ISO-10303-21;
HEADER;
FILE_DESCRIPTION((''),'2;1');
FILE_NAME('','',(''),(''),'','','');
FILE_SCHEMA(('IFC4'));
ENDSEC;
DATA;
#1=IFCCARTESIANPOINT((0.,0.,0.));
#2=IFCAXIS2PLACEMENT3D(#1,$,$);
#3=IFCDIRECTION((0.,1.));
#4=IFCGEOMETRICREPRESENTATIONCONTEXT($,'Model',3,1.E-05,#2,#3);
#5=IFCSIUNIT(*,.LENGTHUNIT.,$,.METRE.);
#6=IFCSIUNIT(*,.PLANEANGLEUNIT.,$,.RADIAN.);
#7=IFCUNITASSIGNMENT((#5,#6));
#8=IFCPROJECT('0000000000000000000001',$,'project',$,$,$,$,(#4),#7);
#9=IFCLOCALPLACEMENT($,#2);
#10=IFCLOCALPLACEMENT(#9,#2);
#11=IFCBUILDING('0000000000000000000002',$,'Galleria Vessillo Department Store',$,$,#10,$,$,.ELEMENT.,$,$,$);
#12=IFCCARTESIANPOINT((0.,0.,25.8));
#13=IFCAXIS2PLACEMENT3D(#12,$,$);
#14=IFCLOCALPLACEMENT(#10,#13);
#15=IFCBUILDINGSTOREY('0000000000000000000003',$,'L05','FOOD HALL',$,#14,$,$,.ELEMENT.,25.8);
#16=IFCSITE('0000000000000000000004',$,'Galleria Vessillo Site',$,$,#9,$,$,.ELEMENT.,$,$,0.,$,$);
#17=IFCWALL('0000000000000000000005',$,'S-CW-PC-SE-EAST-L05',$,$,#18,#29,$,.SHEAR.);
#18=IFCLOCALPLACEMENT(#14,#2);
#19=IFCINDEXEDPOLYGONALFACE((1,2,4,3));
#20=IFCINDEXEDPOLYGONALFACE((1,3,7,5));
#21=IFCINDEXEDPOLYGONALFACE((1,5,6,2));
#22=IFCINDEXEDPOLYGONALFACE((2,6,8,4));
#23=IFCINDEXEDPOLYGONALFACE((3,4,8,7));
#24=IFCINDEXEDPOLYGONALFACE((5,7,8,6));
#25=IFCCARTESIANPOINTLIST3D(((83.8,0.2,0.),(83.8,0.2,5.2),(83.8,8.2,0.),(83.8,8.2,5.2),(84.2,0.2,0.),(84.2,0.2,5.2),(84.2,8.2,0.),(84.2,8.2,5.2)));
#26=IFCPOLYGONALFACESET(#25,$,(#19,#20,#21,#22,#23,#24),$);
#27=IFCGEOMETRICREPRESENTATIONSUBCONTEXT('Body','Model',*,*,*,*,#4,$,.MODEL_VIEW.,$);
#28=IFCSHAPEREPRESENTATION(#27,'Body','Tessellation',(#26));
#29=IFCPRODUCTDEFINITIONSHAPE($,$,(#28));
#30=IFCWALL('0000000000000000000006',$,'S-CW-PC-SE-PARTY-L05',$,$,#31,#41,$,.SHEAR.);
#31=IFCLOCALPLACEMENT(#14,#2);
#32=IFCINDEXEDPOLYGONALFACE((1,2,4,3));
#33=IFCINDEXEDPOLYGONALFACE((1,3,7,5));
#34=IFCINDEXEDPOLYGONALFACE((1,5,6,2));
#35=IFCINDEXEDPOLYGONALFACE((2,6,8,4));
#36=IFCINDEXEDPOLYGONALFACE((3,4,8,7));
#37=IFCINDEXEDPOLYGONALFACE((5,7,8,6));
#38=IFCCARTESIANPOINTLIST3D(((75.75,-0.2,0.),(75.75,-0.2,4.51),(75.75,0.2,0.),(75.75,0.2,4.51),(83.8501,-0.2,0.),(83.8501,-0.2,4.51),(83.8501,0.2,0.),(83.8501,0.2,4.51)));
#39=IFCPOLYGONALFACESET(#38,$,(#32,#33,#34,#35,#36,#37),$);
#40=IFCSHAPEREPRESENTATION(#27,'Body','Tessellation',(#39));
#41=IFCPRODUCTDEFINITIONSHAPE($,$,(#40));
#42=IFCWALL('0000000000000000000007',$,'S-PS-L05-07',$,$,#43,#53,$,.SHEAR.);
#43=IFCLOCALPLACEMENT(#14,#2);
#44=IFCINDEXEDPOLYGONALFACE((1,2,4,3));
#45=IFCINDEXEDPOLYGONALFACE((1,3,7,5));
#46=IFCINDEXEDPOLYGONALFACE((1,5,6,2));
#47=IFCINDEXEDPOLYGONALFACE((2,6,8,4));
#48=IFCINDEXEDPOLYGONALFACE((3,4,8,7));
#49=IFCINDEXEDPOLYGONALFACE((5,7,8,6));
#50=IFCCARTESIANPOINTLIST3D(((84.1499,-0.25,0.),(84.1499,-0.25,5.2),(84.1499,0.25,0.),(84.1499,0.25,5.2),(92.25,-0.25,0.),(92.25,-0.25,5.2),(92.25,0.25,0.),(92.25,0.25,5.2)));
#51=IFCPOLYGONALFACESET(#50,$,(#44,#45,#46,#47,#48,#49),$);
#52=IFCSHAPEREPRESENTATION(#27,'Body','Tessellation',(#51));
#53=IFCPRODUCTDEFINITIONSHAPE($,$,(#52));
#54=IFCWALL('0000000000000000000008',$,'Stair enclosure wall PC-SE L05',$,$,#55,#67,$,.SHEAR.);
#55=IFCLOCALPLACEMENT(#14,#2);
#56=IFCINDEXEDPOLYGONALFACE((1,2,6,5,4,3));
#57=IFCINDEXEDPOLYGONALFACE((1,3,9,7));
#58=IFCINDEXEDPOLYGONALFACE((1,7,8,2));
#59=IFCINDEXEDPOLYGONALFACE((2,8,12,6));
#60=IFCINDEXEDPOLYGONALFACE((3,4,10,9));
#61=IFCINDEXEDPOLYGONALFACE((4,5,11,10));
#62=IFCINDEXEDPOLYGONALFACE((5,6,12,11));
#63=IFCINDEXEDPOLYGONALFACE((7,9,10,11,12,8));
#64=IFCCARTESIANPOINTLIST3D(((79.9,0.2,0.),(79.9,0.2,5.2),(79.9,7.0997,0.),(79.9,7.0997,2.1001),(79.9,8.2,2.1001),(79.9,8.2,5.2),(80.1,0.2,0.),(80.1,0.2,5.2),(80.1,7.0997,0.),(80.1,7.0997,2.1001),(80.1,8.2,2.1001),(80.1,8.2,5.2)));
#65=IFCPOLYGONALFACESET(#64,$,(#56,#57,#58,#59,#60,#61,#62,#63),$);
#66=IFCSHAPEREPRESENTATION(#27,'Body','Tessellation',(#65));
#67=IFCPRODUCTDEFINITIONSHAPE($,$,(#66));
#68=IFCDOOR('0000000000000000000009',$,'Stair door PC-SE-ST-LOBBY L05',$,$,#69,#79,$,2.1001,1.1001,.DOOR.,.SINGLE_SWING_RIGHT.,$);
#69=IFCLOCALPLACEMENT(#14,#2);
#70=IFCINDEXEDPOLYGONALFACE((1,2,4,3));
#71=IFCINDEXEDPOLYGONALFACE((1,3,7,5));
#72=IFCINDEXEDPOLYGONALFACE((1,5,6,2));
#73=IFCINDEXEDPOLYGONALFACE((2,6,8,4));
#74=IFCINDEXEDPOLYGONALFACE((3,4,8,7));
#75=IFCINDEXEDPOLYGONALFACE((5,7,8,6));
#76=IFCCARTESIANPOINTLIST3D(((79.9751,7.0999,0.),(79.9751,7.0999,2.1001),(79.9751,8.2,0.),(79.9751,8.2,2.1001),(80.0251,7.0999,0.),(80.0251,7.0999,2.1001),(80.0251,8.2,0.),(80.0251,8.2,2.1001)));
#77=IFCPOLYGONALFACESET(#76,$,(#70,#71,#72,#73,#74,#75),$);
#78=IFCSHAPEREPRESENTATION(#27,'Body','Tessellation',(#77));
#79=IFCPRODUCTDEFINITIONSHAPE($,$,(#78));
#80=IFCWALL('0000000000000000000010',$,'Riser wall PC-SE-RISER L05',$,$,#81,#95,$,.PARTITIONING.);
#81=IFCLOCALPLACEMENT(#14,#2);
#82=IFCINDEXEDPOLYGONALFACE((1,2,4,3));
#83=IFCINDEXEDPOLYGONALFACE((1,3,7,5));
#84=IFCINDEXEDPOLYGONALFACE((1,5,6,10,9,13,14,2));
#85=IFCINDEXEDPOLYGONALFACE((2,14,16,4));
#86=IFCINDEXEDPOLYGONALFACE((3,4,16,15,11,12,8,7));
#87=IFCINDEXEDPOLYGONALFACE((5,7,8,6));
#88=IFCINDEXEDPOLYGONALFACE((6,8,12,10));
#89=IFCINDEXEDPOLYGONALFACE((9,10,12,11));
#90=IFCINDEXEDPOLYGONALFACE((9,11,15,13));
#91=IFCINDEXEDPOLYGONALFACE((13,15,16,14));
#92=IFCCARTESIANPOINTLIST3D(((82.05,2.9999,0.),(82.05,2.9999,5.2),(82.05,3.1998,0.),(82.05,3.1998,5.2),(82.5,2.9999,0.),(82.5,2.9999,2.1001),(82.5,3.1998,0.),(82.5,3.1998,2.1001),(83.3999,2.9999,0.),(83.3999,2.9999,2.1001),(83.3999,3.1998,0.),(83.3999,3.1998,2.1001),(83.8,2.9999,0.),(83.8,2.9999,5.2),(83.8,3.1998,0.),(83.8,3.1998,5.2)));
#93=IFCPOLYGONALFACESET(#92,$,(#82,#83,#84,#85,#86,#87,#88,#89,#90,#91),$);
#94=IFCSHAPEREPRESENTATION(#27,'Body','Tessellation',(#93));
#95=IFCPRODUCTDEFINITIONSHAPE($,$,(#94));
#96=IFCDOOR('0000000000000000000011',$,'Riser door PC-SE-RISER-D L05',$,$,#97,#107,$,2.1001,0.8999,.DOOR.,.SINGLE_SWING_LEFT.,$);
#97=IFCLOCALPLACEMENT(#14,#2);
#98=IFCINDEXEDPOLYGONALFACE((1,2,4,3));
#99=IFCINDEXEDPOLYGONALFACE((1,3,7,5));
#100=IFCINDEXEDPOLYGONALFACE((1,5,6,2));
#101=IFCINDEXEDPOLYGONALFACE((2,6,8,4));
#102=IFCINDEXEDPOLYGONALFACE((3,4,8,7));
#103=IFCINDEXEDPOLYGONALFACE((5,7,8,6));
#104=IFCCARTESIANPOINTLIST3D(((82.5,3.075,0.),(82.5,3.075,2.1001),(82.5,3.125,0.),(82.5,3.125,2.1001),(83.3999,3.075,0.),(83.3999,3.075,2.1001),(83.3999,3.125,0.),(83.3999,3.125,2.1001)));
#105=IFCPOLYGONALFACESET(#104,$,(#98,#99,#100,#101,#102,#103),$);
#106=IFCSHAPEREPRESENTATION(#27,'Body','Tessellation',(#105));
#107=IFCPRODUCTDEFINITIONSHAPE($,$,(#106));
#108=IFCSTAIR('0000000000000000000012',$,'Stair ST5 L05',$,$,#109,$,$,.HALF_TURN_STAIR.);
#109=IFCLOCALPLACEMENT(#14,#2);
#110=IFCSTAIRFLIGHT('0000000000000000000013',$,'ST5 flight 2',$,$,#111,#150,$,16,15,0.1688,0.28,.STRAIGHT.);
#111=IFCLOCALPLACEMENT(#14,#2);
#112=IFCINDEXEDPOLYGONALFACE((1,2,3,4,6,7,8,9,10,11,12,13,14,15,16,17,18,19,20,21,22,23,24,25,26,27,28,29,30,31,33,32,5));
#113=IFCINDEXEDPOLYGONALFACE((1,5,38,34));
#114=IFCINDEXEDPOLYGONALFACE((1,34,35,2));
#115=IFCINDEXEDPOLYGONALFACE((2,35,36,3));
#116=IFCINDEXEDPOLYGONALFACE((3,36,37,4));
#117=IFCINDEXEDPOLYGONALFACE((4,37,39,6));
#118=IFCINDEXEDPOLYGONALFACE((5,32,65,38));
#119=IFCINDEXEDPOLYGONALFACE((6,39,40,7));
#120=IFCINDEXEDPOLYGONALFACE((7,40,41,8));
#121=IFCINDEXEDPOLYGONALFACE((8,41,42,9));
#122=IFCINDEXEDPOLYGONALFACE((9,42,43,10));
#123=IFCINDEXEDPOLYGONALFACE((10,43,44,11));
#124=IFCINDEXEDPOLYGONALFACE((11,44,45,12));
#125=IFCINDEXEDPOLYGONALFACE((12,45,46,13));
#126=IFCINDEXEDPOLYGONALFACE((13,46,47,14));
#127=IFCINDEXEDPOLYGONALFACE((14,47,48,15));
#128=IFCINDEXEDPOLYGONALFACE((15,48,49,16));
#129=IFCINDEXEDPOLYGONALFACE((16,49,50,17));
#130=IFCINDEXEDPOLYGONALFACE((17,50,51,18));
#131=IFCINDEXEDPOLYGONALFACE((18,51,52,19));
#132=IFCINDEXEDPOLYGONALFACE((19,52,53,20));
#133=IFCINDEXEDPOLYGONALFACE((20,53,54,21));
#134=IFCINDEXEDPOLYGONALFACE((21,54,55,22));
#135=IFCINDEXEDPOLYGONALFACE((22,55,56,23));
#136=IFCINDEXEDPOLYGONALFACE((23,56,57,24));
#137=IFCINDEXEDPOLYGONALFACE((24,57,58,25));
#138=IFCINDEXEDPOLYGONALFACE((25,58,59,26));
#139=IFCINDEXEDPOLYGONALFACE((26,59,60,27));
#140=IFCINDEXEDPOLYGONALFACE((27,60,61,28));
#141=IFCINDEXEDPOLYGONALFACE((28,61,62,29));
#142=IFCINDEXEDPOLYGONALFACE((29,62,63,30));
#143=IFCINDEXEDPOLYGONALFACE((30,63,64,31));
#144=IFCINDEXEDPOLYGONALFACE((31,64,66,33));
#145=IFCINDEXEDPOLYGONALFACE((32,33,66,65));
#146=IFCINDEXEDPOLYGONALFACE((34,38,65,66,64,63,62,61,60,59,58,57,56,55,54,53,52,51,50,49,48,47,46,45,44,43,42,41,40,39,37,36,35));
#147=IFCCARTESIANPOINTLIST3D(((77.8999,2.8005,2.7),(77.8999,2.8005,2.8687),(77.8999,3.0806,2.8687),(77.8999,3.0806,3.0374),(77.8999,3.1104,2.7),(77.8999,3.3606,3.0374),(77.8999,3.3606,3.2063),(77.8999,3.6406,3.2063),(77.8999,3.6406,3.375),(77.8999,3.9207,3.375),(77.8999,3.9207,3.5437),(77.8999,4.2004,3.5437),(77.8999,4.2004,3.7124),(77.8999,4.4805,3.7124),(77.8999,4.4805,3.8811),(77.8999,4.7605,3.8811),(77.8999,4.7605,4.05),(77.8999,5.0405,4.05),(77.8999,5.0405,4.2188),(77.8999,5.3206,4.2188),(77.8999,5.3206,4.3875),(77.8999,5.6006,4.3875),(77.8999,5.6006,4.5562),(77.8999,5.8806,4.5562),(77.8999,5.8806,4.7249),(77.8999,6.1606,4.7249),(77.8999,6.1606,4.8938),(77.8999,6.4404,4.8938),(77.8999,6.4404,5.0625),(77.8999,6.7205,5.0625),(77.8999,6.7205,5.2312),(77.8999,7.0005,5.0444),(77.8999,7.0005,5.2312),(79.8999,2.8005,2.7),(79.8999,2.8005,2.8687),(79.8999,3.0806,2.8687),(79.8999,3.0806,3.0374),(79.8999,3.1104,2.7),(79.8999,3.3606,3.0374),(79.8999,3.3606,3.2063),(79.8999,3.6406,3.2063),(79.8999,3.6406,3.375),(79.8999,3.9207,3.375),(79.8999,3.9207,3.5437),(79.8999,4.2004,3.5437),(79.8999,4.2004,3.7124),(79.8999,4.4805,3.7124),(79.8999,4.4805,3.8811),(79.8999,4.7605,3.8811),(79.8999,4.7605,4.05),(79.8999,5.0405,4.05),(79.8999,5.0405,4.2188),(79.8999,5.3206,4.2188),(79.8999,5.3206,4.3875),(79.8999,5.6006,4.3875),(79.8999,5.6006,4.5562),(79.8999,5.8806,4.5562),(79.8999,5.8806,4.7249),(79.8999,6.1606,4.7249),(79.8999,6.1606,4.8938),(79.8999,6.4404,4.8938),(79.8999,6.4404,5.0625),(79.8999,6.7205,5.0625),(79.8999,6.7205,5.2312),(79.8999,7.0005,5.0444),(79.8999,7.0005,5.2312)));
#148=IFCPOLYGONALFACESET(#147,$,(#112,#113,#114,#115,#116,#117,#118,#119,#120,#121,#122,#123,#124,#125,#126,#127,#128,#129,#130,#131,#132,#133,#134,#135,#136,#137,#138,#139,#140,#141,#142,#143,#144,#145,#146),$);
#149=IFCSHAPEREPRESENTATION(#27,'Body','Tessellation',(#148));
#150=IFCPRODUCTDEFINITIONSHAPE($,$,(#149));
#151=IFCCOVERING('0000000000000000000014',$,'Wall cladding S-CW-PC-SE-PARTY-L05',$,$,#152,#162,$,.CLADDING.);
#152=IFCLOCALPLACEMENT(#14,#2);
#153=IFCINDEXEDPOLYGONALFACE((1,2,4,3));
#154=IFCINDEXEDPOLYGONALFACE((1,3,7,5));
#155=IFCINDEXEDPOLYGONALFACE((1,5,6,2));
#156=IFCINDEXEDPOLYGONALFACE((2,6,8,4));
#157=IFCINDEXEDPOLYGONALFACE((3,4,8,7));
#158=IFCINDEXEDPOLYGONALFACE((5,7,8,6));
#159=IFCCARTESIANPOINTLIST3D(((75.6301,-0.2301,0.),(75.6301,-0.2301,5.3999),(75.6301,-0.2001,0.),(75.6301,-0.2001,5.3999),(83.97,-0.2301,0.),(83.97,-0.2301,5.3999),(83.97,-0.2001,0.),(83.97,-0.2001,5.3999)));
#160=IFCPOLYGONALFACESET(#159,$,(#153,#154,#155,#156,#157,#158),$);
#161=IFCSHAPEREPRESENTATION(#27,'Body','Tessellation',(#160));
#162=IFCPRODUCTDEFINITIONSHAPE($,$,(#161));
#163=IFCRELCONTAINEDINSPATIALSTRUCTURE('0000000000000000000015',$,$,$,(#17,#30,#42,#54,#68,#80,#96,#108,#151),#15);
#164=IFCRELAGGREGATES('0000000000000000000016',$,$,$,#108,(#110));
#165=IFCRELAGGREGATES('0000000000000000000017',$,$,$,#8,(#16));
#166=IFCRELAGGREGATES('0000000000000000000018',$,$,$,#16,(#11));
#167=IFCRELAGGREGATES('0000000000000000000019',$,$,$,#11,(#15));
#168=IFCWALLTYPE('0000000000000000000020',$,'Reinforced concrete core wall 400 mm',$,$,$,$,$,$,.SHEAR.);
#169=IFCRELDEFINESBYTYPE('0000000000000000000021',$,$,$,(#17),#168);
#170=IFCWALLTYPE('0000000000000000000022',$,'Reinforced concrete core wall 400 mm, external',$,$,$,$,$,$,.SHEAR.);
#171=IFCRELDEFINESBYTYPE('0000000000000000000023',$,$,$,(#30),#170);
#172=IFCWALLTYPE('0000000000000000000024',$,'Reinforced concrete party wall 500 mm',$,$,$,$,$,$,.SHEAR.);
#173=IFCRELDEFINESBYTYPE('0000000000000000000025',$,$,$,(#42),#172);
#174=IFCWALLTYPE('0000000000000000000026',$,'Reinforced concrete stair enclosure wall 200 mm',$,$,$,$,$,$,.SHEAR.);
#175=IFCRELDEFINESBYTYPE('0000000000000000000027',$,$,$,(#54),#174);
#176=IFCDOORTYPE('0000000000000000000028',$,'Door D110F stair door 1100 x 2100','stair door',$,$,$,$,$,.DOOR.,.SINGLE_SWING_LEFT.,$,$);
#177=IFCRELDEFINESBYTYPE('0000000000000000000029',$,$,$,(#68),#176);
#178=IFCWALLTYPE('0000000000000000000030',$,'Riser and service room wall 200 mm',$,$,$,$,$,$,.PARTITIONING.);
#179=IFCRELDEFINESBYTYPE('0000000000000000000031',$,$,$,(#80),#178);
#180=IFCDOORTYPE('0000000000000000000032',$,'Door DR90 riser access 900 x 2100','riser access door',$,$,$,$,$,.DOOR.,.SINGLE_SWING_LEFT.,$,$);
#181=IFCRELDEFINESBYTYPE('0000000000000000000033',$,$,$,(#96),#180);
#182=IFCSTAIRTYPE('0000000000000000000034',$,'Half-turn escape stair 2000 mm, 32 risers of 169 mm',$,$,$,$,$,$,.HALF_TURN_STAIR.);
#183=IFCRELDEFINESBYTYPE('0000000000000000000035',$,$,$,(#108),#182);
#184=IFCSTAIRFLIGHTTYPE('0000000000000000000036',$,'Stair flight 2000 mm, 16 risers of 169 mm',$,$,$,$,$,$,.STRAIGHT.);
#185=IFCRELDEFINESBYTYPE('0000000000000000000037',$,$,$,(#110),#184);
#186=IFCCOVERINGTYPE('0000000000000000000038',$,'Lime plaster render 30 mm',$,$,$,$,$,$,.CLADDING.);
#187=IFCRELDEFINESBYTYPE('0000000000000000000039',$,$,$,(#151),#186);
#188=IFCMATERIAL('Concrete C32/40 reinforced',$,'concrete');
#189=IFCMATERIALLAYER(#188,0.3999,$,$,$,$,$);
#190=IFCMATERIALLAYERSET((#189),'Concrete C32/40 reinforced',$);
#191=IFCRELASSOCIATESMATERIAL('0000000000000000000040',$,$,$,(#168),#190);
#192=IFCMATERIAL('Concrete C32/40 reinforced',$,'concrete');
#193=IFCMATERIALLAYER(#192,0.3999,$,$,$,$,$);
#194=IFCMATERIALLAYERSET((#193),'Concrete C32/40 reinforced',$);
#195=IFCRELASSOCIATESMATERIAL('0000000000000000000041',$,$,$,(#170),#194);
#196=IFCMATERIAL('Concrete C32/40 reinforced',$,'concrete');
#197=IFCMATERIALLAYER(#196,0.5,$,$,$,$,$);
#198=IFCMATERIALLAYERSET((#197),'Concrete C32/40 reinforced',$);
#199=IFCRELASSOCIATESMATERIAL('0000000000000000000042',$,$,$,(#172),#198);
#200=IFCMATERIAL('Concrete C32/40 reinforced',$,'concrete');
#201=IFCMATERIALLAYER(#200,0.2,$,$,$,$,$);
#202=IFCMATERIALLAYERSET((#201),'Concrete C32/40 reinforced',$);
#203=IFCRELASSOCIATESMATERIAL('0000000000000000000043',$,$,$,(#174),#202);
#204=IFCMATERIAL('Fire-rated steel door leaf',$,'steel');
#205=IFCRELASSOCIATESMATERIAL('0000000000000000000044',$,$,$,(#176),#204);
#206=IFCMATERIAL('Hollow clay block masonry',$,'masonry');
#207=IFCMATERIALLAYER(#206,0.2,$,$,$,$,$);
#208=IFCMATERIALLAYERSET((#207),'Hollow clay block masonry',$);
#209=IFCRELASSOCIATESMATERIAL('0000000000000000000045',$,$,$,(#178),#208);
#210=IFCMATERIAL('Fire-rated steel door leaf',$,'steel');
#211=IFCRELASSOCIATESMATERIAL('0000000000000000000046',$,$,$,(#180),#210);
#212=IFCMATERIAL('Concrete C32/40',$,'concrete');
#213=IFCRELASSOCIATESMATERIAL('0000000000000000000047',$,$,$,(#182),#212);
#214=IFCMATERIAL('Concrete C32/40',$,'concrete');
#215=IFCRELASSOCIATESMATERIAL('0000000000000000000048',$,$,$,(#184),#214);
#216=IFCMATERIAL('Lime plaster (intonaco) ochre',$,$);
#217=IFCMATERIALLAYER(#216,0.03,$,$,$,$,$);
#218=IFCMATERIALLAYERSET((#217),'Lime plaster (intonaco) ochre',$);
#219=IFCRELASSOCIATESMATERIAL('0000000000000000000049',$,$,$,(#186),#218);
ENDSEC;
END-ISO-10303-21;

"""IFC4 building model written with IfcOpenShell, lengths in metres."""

from ifc_helpers import new_model, si_unit, direction, frame, frame_2d, origin, origin_2d, place, context, subcontext, project, spatial, polyline, rectangle, outline, extrude, material, layer, layer_set, type_object, element, fill, aggregate, save


model = new_model("IFC4")

# Units and contexts
model_context = context("Model", 3, precision=1e-05, world=origin(), true_north=direction((0.0, 1.0)))
body_context = subcontext(model_context, "Body", "Model", "MODEL_VIEW")
ifc_project = project(units=[si_unit("LENGTHUNIT", "METRE"), si_unit("PLANEANGLEUNIT", "RADIAN")], contexts=[model_context])

# Site, building, storey
site_placement = place(None, origin())
site = spatial("IfcSite", under=ifc_project, at=site_placement, Name="Galleria Vessillo Site", CompositionType="ELEMENT", RefElevation=0.0)
building_placement = place(site_placement, origin())
building = spatial("IfcBuilding", under=site, at=building_placement, Name="Galleria Vessillo Department Store", CompositionType="ELEMENT")
storey_placement = place(building_placement, frame((0.0, 0.0, 25.8)))
storey = spatial("IfcBuildingStorey", under=building, at=storey_placement, Name="L05", Description="FOOD HALL", CompositionType="ELEMENT", Elevation=25.8)

# Walls
ifc_material_1 = material(Name="Concrete C32/40 reinforced", Category="concrete")
ifc_layer_1 = layer(ifc_material_1, 0.3999)
ifc_layer_set_1 = layer_set([ifc_layer_1], Name="Concrete C32/40 reinforced")
wall_type_1 = type_object("IfcWallType", Name="Reinforced concrete core wall 400 mm", PredefinedType="SHEAR", material=ifc_layer_set_1)
wall_1_placement = place(storey_placement, frame((84.0, 0.2, 0.0), z_axis=(0.0, 0.0, 1.0), x_axis=(0.0, 1.0, 0.0)))
element("IfcWall", 1, at=wall_1_placement, inside=storey, type_object=wall_type_1, Name="S-CW-PC-SE-EAST-L05", PredefinedType="SHEAR", context=body_context, shape_type="SweptSolid", body=[
    extrude(rectangle(XDim=8.0, YDim=0.3999, at=frame_2d((4.0, 0.0))), origin(), (0.0, 0.0, 1.0), 5.2),
])
ifc_material_2 = material(Name="Concrete C32/40 reinforced", Category="concrete")
ifc_layer_2 = layer(ifc_material_2, 0.3999)
ifc_layer_set_2 = layer_set([ifc_layer_2], Name="Concrete C32/40 reinforced")
wall_type_2 = type_object("IfcWallType", Name="Reinforced concrete core wall 400 mm, external", PredefinedType="SHEAR", material=ifc_layer_set_2)
wall_2_placement = place(storey_placement, frame((75.75, 0.0, 0.0), z_axis=(0.0, 0.0, 1.0), x_axis=(1.0, 0.0, 0.0)))
element("IfcWall", 2, at=wall_2_placement, inside=storey, type_object=wall_type_2, Name="S-CW-PC-SE-PARTY-L05", PredefinedType="SHEAR", context=body_context, shape_type="SweptSolid", body=[
    extrude(rectangle(XDim=8.1001, YDim=0.3999, at=frame_2d((4.05, 0.0))), origin(), (0.0, 0.0, 1.0), 4.51),
])
ifc_material_3 = material(Name="Concrete C32/40 reinforced", Category="concrete")
ifc_layer_3 = layer(ifc_material_3, 0.5)
ifc_layer_set_3 = layer_set([ifc_layer_3], Name="Concrete C32/40 reinforced")
wall_type_3 = type_object("IfcWallType", Name="Reinforced concrete party wall 500 mm", PredefinedType="SHEAR", material=ifc_layer_set_3)
wall_3_placement = place(storey_placement, frame((84.1499, 0.0, 0.0), z_axis=(0.0, 0.0, 1.0), x_axis=(1.0, 0.0, 0.0)))
element("IfcWall", 3, at=wall_3_placement, inside=storey, type_object=wall_type_3, Name="S-PS-L05-07", PredefinedType="SHEAR", context=body_context, shape_type="SweptSolid", body=[
    extrude(rectangle(XDim=8.1001, YDim=0.5, at=frame_2d((4.05, 0.0))), origin(), (0.0, 0.0, 1.0), 5.2),
])

# Walls, openings, doors
ifc_material_4 = material(Name="Concrete C32/40 reinforced", Category="concrete")
ifc_layer_4 = layer(ifc_material_4, 0.2)
ifc_layer_set_4 = layer_set([ifc_layer_4], Name="Concrete C32/40 reinforced")
wall_type_4 = type_object("IfcWallType", Name="Reinforced concrete stair enclosure wall 200 mm", PredefinedType="SHEAR", material=ifc_layer_set_4)
wall_4_placement = place(storey_placement, frame((80.0, 0.2, 0.0), z_axis=(0.0, 0.0, 1.0), x_axis=(0.0, 1.0, 0.0)))
wall_4 = element("IfcWall", 4, at=wall_4_placement, inside=storey, type_object=wall_type_4, Name="Stair enclosure wall PC-SE L05", PredefinedType="SHEAR", context=body_context, shape_type="SweptSolid", body=[
    extrude(rectangle(XDim=8.0, YDim=0.2, at=frame_2d((4.0, 0.0))), origin(), (0.0, 0.0, 1.0), 5.2),
])
opening_1_placement = place(wall_4_placement, frame((6.8999, 0.0, 0.0)))
opening_1 = element("IfcOpeningElement", 5, at=opening_1_placement, cuts=wall_4, PredefinedType="OPENING", context=body_context, shape_type="SweptSolid", body=[
    extrude(rectangle(XDim=1.1101, YDim=2.1001, at=frame_2d((0.5549, 1.05))), frame((0.0, 0.1099, 0.0), z_axis=(0.0, -1.0, 0.0), x_axis=(1.0, 0.0, 0.0)), (0.0, 0.0, 1.0), 0.22),
])
ifc_material_5 = material(Name="Fire-rated steel door leaf", Category="steel")
door_type_1 = type_object("IfcDoorType", Name="Door D110F stair door 1100 x 2100", Description="stair door", OperationType="SINGLE_SWING_LEFT", PredefinedType="DOOR", material=ifc_material_5)
door_1_placement = place(opening_1_placement, origin())
door_1 = element("IfcDoor", 6, at=door_1_placement, inside=storey, type_object=door_type_1, Name="Stair door PC-SE-ST-LOBBY L05", OperationType="SINGLE_SWING_RIGHT", OverallHeight=2.1001, OverallWidth=1.1001, PredefinedType="DOOR", context=body_context, shape_type="SweptSolid", body=[
    extrude(rectangle(XDim=1.1001, YDim=2.1001, at=frame_2d((0.55, 1.05))), frame((0.0, 0.0249, 0.0), z_axis=(0.0, -1.0, 0.0), x_axis=(1.0, 0.0, 0.0)), (0.0, 0.0, 1.0), 0.05),
])
fill(opening_1, door_1)
ifc_material_6 = material(Name="Hollow clay block masonry", Category="masonry")
ifc_layer_5 = layer(ifc_material_6, 0.2)
ifc_layer_set_5 = layer_set([ifc_layer_5], Name="Hollow clay block masonry")
wall_type_5 = type_object("IfcWallType", Name="Riser and service room wall 200 mm", PredefinedType="PARTITIONING", material=ifc_layer_set_5)
wall_5_placement = place(storey_placement, frame((82.05, 3.0999, 0.0), z_axis=(0.0, 0.0, 1.0), x_axis=(1.0, 0.0, 0.0)))
wall_5 = element("IfcWall", 7, at=wall_5_placement, inside=storey, type_object=wall_type_5, Name="Riser wall PC-SE-RISER L05", PredefinedType="PARTITIONING", context=body_context, shape_type="SweptSolid", body=[
    extrude(rectangle(XDim=1.75, YDim=0.2, at=frame_2d((0.875, 0.0))), origin(), (0.0, 0.0, 1.0), 5.2),
])
opening_2_placement = place(wall_5_placement, frame((0.45, 0.0, 0.0)))
opening_2 = element("IfcOpeningElement", 8, at=opening_2_placement, cuts=wall_5, PredefinedType="OPENING", context=body_context, shape_type="SweptSolid", body=[
    extrude(rectangle(XDim=0.8999, YDim=2.1001, at=frame_2d((0.45, 1.05))), frame((0.0, 0.1099, 0.0), z_axis=(0.0, -1.0, 0.0), x_axis=(1.0, 0.0, 0.0)), (0.0, 0.0, 1.0), 0.22),
])
ifc_material_7 = material(Name="Fire-rated steel door leaf", Category="steel")
door_type_2 = type_object("IfcDoorType", Name="Door DR90 riser access 900 x 2100", Description="riser access door", OperationType="SINGLE_SWING_LEFT", PredefinedType="DOOR", material=ifc_material_7)
door_2_placement = place(opening_2_placement, frame((0.8999, 0.0, 0.0), z_axis=(0.0, 0.0, 1.0), x_axis=(-1.0, 0.0, 0.0)))
door_2 = element("IfcDoor", 9, at=door_2_placement, inside=storey, type_object=door_type_2, Name="Riser door PC-SE-RISER-D L05", OperationType="SINGLE_SWING_LEFT", OverallHeight=2.1001, OverallWidth=0.8999, PredefinedType="DOOR", context=body_context, shape_type="SweptSolid", body=[
    extrude(rectangle(XDim=0.8999, YDim=2.1001, at=frame_2d((0.45, 1.05))), frame((0.0, 0.0249, 0.0), z_axis=(0.0, -1.0, 0.0), x_axis=(1.0, 0.0, 0.0)), (0.0, 0.0, 1.0), 0.05),
])
fill(opening_2, door_2)

# Stair, stair flight
ifc_material_8 = material(Name="Concrete C32/40", Category="concrete")
stair_type = type_object("IfcStairType", Name="Half-turn escape stair 2000 mm, 32 risers of 169 mm", PredefinedType="HALF_TURN_STAIR", material=ifc_material_8)
stair_placement = place(storey_placement, origin())
stair = element("IfcStair", 10, at=stair_placement, inside=storey, type_object=stair_type, Name="Stair ST5 L05", PredefinedType="HALF_TURN_STAIR")
ifc_material_9 = material(Name="Concrete C32/40", Category="concrete")
stair_flight_type = type_object("IfcStairFlightType", Name="Stair flight 2000 mm, 16 risers of 169 mm", PredefinedType="STRAIGHT", material=ifc_material_9)
stair_flight_placement = place(storey_placement, frame((78.8999, 2.8005, 2.7), z_axis=(0.0, 0.0, 1.0), x_axis=(0.0, 1.0, 0.0)))
stair_flight = element("IfcStairFlight", 11, at=stair_flight_placement, type_object=stair_flight_type, Name="ST5 flight 2", NumberOfRisers=16, NumberOfTreads=15, PredefinedType="STRAIGHT", RiserHeight=0.1688, TreadLength=0.28, context=body_context, shape_type="SweptSolid", body=[
    extrude(outline(polyline([(0.0, 0.0), (0.0, 0.1687), (0.28, 0.1687), (0.28, 0.3374), (0.5601, 0.3374), (0.5601, 0.5063), (0.8401, 0.5063), (0.8401, 0.675), (1.1201, 0.675), (1.1201, 0.8438), (1.3999, 0.8438), (1.3999, 1.0125), (1.6799, 1.0125), (1.6799, 1.1812), (1.96, 1.1812), (1.96, 1.3501), (2.24, 1.3501), (2.24, 1.5188), (2.52, 1.5188), (2.52, 1.6875), (2.8, 1.6875), (2.8, 1.8562), (3.0801, 1.8562), (3.0801, 2.0249), (3.3601, 2.0249), (3.3601, 2.1938), (3.6399, 2.1938), (3.6399, 2.3625), (3.9199, 2.3625), (3.9199, 2.5312), (4.2, 2.5312), (4.2, 2.7), (4.2, 2.3445), (0.3098, 0.0), (0.0, 0.0)])), frame((0.0, 1.0, 0.0), z_axis=(0.0, -1.0, 0.0), x_axis=(1.0, 0.0, 0.0)), (0.0, 0.0, 1.0), 2.0),
])
aggregate(stair, [stair_flight])

# Covering
ifc_material_10 = material(Name="Lime plaster (intonaco) ochre")
ifc_layer_6 = layer(ifc_material_10, 0.03)
ifc_layer_set_6 = layer_set([ifc_layer_6], Name="Lime plaster (intonaco) ochre")
covering_type = type_object("IfcCoveringType", Name="Lime plaster render 30 mm", PredefinedType="CLADDING", material=ifc_layer_set_6)
covering_1_placement = place(storey_placement, frame((79.8, -0.2151, 0.0), z_axis=(0.0, 0.0, 1.0), x_axis=(1.0, 0.0, 0.0)))
element("IfcCovering", 12, at=covering_1_placement, inside=storey, type_object=covering_type, Name="Wall cladding S-CW-PC-SE-PARTY-L05", PredefinedType="CLADDING", context=body_context, shape_type="SweptSolid", body=[
    extrude(rectangle(XDim=8.3398, YDim=0.03, at=origin_2d()), origin(), (0.0, 0.0, 1.0), 5.3999),
])

save(model, "model.ifc")
